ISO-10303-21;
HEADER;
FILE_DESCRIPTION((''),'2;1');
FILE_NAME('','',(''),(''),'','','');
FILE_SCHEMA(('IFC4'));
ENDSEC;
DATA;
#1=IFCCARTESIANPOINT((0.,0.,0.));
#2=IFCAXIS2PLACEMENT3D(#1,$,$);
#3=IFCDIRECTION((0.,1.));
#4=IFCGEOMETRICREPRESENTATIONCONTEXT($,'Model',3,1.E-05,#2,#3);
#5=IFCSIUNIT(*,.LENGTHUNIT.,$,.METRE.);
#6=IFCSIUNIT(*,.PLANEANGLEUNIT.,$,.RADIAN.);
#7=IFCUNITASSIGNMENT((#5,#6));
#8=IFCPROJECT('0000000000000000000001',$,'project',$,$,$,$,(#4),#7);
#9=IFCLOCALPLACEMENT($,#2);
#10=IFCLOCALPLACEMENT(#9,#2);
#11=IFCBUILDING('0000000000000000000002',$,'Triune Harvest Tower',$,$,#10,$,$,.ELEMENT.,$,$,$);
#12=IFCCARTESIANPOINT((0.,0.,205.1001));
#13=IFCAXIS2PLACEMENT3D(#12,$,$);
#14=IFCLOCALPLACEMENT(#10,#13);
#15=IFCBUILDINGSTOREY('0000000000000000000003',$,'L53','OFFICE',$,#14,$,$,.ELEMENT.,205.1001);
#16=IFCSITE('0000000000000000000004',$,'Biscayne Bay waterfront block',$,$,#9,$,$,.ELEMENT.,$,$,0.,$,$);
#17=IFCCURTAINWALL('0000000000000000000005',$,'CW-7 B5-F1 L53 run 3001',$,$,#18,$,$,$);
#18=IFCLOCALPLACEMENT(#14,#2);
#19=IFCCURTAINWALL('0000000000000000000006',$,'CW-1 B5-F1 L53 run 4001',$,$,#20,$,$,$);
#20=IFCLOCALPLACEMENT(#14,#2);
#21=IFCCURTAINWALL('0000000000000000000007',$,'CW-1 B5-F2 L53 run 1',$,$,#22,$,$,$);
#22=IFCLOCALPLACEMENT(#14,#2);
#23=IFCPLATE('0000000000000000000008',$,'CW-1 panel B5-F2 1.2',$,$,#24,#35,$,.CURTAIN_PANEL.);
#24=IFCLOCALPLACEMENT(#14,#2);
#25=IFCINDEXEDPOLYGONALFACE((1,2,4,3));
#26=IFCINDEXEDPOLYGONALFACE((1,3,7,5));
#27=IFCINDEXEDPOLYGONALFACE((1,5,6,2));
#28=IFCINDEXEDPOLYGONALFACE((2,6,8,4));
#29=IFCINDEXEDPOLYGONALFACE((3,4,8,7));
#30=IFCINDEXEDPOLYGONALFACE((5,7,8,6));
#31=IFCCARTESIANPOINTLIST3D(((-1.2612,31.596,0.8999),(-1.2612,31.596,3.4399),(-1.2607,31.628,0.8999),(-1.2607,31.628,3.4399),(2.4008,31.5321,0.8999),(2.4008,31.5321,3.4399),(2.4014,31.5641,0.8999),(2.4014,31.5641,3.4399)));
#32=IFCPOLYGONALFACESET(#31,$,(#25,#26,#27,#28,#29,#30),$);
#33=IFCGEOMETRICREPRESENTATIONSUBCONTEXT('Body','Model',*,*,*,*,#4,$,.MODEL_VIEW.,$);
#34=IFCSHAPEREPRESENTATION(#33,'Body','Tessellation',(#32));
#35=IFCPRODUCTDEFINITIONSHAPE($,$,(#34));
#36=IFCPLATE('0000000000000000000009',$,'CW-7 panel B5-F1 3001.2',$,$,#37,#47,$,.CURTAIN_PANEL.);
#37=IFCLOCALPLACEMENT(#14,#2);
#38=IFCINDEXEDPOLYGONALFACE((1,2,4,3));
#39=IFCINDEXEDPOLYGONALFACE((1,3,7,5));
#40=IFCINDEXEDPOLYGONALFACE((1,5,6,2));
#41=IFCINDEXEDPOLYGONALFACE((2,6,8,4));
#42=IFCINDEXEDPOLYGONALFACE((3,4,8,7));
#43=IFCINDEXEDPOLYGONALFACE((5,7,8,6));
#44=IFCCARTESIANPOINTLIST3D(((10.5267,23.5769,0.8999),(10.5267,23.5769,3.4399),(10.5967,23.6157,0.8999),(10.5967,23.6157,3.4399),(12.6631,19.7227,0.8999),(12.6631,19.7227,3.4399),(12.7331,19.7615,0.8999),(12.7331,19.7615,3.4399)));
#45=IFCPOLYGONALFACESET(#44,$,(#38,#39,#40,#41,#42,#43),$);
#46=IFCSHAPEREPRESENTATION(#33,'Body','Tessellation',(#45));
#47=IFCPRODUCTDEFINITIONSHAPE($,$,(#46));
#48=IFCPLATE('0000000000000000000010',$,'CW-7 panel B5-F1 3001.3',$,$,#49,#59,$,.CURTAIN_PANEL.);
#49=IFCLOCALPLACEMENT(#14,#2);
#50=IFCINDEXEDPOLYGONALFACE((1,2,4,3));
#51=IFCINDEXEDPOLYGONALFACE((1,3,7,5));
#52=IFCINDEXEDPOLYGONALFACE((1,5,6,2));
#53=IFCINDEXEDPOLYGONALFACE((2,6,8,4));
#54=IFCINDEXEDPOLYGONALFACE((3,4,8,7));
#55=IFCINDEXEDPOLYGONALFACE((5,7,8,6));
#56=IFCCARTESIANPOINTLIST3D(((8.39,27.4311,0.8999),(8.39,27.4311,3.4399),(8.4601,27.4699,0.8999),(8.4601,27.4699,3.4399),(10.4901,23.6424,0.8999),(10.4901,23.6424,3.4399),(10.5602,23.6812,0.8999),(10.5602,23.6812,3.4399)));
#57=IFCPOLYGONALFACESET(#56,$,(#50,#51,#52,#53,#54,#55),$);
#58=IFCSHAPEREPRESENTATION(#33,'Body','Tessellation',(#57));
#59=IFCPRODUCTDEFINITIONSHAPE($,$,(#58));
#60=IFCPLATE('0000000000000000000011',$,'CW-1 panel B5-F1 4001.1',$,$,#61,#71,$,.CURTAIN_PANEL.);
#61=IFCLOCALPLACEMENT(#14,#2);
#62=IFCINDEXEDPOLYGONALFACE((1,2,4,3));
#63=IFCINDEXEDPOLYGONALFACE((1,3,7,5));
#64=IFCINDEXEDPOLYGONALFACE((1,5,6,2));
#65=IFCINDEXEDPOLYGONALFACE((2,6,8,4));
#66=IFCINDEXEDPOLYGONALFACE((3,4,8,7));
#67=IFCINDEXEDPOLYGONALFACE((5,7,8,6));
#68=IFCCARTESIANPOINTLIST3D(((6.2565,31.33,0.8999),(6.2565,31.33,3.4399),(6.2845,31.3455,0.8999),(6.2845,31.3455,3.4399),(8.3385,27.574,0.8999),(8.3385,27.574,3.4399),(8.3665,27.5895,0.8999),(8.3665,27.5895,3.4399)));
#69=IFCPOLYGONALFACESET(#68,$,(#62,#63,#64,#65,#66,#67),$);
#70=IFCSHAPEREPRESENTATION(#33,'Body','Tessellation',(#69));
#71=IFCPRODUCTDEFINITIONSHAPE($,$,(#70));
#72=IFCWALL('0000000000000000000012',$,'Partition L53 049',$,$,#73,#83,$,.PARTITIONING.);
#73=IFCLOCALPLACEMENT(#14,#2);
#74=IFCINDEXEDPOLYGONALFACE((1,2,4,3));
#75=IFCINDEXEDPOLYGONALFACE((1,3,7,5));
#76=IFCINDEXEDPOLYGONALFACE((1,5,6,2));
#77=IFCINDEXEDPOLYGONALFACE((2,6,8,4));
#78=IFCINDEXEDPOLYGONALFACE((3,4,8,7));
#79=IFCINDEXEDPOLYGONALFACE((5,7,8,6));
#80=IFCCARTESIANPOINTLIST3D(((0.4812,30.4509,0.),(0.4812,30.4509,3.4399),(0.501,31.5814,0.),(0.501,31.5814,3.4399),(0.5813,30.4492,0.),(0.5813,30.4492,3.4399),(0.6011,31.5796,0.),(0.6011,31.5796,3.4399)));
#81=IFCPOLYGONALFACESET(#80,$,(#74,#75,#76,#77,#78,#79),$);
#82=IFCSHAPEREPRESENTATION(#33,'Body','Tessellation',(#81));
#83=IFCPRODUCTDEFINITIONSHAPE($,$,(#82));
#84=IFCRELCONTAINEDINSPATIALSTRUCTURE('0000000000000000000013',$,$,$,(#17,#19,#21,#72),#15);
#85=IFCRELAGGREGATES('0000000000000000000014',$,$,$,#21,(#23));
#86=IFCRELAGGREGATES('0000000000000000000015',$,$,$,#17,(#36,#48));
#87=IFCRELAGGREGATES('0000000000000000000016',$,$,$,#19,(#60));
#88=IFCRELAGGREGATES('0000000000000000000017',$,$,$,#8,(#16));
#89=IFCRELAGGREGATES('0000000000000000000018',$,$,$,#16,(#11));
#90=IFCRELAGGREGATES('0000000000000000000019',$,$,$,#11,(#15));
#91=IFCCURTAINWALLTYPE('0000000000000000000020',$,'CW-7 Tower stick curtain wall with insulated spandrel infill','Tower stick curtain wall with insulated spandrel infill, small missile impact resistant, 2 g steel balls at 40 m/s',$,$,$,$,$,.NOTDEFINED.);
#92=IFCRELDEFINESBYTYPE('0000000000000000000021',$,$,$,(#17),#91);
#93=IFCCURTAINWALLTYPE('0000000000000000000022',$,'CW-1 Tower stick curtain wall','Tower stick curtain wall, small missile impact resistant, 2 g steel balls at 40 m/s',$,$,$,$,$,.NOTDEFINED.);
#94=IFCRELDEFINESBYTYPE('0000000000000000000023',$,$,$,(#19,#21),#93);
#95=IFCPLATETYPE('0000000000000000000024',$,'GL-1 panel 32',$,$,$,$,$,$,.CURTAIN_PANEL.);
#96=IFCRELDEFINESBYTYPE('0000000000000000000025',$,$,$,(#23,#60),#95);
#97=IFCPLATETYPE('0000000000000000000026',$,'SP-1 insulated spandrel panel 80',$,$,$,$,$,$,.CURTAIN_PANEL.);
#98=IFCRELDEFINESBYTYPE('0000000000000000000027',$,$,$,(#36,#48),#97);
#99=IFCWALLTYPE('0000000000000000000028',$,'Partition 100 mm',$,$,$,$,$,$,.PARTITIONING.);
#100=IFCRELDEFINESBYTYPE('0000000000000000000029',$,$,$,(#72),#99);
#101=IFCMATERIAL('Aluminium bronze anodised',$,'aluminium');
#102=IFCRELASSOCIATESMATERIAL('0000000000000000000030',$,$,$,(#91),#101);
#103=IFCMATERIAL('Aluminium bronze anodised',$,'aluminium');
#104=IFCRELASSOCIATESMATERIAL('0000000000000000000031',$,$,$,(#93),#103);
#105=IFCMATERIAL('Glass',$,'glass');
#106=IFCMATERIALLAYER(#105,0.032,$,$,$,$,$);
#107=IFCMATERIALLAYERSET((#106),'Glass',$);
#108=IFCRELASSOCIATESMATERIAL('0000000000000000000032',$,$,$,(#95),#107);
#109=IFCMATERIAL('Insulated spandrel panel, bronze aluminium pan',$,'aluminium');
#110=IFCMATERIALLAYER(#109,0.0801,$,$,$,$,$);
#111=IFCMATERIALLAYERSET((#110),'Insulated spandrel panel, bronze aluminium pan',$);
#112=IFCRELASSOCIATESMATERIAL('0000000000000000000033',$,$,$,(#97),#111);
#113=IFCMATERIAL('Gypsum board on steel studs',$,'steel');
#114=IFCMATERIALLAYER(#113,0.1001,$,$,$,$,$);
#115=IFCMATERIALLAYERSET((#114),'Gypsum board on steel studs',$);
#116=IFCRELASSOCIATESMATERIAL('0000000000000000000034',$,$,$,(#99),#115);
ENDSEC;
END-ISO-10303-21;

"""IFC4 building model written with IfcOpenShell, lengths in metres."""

from ifc_helpers import new_model, si_unit, direction, frame, frame_2d, origin, origin_2d, place, context, subcontext, project, spatial, rectangle, extrude, source, transform, mapped, material, layer, layer_set, type_object, element, aggregate, save


model = new_model("IFC4")

# Units and contexts
model_context = context("Model", 3, precision=1e-05, world=origin(), true_north=direction((0.0, 1.0)))
body_context = subcontext(model_context, "Body", "Model", "MODEL_VIEW")
ifc_project = project(units=[si_unit("LENGTHUNIT", "METRE"), si_unit("PLANEANGLEUNIT", "RADIAN")], contexts=[model_context])

# Site, building, storey
site_placement = place(None, origin())
site = spatial("IfcSite", under=ifc_project, at=site_placement, Name="Biscayne Bay waterfront block", CompositionType="ELEMENT", RefElevation=0.0)
building_placement = place(site_placement, origin())
building = spatial("IfcBuilding", under=site, at=building_placement, Name="Triune Harvest Tower", CompositionType="ELEMENT")
storey_placement = place(building_placement, frame((0.0, 0.0, 205.1001)))
storey = spatial("IfcBuildingStorey", under=building, at=storey_placement, Name="L53", Description="OFFICE", CompositionType="ELEMENT", Elevation=205.1001)

# Curtain walls
ifc_material_1 = material(Name="Aluminium bronze anodised", Category="aluminium")
curtain_wall_type_1 = type_object("IfcCurtainWallType", Name="CW-7 Tower stick curtain wall with insulated spandrel infill", Description="Tower stick curtain wall with insulated spandrel infill, small missile impact resistant, 2 g steel balls at 40 m/s", PredefinedType="NOTDEFINED", material=ifc_material_1)
curtain_wall_1_placement = place(storey_placement, origin())
curtain_wall_1 = element("IfcCurtainWall", 1, at=curtain_wall_1_placement, inside=storey, type_object=curtain_wall_type_1, Name="CW-7 B5-F1 L53 run 3001")
ifc_material_2 = material(Name="Aluminium bronze anodised", Category="aluminium")
curtain_wall_type_2 = type_object("IfcCurtainWallType", Name="CW-1 Tower stick curtain wall", Description="Tower stick curtain wall, small missile impact resistant, 2 g steel balls at 40 m/s", PredefinedType="NOTDEFINED", material=ifc_material_2)
curtain_wall_2_placement = place(storey_placement, origin())
curtain_wall_2 = element("IfcCurtainWall", 2, at=curtain_wall_2_placement, inside=storey, type_object=curtain_wall_type_2, Name="CW-1 B5-F1 L53 run 4001")
curtain_wall_3_placement = place(storey_placement, origin())
curtain_wall_3 = element("IfcCurtainWall", 3, at=curtain_wall_3_placement, inside=storey, type_object=curtain_wall_type_2, Name="CW-1 B5-F2 L53 run 1")

# Plates
ifc_material_3 = material(Name="Glass", Category="glass")
ifc_layer_1 = layer(ifc_material_3, 0.032)
ifc_layer_set_1 = layer_set([ifc_layer_1], Name="Glass")
plate_type_1 = type_object("IfcPlateType", Name="GL-1 panel 32", PredefinedType="CURTAIN_PANEL", material=ifc_layer_set_1)
shared_shape_1 = source(origin(), body_context, "Body", "SweptSolid", [
    extrude(rectangle(XDim=3.6626, YDim=0.032, at=origin_2d()), origin(), (0.0, 0.0, 1.0), 2.54),
])
plate_1_placement = place(storey_placement, frame((0.5701, 31.5801, 0.8999), z_axis=(0.0, 0.0, 1.0), x_axis=(-0.999848, 0.017446, 0.0)))
plate_1 = element("IfcPlate", 4, at=plate_1_placement, type_object=plate_type_1, Name="CW-1 panel B5-F2 1.2", PredefinedType="CURTAIN_PANEL", context=body_context, shape_type="MappedRepresentation", body=[
    mapped(shared_shape_1, transform((0.0, 0.0, 0.0), scale=1.0)),
])
aggregate(curtain_wall_3, [plate_1])
ifc_material_4 = material(Name="Insulated spandrel panel, bronze aluminium pan", Category="aluminium")
ifc_layer_2 = layer(ifc_material_4, 0.0801)
ifc_layer_set_2 = layer_set([ifc_layer_2], Name="Insulated spandrel panel, bronze aluminium pan")
plate_type_2 = type_object("IfcPlateType", Name="SP-1 insulated spandrel panel 80", PredefinedType="CURTAIN_PANEL", material=ifc_layer_set_2)
shared_shape_2 = source(origin(), body_context, "Body", "SweptSolid", [
    extrude(rectangle(XDim=4.4067, YDim=0.0801, at=origin_2d()), origin(), (0.0, 0.0, 1.0), 2.54),
])
plate_2_placement = place(storey_placement, frame((11.6299, 21.6692, 0.8999), z_axis=(0.0, 0.0, 1.0), x_axis=(-0.484807, 0.874621, 0.0)))
plate_2 = element("IfcPlate", 5, at=plate_2_placement, type_object=plate_type_2, Name="CW-7 panel B5-F1 3001.2", PredefinedType="CURTAIN_PANEL", context=body_context, shape_type="MappedRepresentation", body=[
    mapped(shared_shape_2, transform((0.0, 0.0, 0.0), scale=1.0)),
])
shared_shape_3 = source(origin(), body_context, "Body", "SweptSolid", [
    extrude(rectangle(XDim=4.3318, YDim=0.0801, at=origin_2d()), origin(), (0.0, 0.0, 1.0), 2.54),
])
plate_3_placement = place(storey_placement, frame((9.4751, 25.5562, 0.8999), z_axis=(0.0, 0.0, 1.0), x_axis=(-0.484807, 0.874621, 0.0)))
plate_3 = element("IfcPlate", 6, at=plate_3_placement, type_object=plate_type_2, Name="CW-7 panel B5-F1 3001.3", PredefinedType="CURTAIN_PANEL", context=body_context, shape_type="MappedRepresentation", body=[
    mapped(shared_shape_3, transform((0.0, 0.0, 0.0), scale=1.0)),
])
aggregate(curtain_wall_1, [plate_2, plate_3])
shared_shape_4 = source(origin(), body_context, "Body", "SweptSolid", [
    extrude(rectangle(XDim=4.2944, YDim=0.032, at=origin_2d()), origin(), (0.0, 0.0, 1.0), 2.54),
])
plate_4_placement = place(storey_placement, frame((7.3115, 29.4597, 0.8999), z_axis=(0.0, 0.0, 1.0), x_axis=(-0.484813, 0.874618, 0.0)))
plate_4 = element("IfcPlate", 7, at=plate_4_placement, type_object=plate_type_1, Name="CW-1 panel B5-F1 4001.1", PredefinedType="CURTAIN_PANEL", context=body_context, shape_type="MappedRepresentation", body=[
    mapped(shared_shape_4, transform((0.0, 0.0, 0.0), scale=1.0)),
])
aggregate(curtain_wall_2, [plate_4])

# Wall
ifc_material_5 = material(Name="Gypsum board on steel studs", Category="steel")
ifc_layer_3 = layer(ifc_material_5, 0.1001)
ifc_layer_set_3 = layer_set([ifc_layer_3], Name="Gypsum board on steel studs")
wall_type = type_object("IfcWallType", Name="Partition 100 mm", PredefinedType="PARTITIONING", material=ifc_layer_set_3)
shared_shape_5 = source(origin(), body_context, "Body", "SweptSolid", [
    extrude(rectangle(XDim=1.1306, YDim=0.1001, at=frame_2d((0.5654, 0.0))), origin(), (0.0, 0.0, 1.0), 3.4399),
])
wall_placement = place(storey_placement, frame((0.5312, 30.45, 0.0), z_axis=(0.0, 0.0, 1.0), x_axis=(0.017492, 0.999847, 0.0)))
element("IfcWall", 8, at=wall_placement, inside=storey, type_object=wall_type, Name="Partition L53 049", PredefinedType="PARTITIONING", context=body_context, shape_type="MappedRepresentation", body=[
    mapped(shared_shape_5, transform((0.0, 0.0, 0.0), scale=1.0)),
])

save(model, "model.ifc")
